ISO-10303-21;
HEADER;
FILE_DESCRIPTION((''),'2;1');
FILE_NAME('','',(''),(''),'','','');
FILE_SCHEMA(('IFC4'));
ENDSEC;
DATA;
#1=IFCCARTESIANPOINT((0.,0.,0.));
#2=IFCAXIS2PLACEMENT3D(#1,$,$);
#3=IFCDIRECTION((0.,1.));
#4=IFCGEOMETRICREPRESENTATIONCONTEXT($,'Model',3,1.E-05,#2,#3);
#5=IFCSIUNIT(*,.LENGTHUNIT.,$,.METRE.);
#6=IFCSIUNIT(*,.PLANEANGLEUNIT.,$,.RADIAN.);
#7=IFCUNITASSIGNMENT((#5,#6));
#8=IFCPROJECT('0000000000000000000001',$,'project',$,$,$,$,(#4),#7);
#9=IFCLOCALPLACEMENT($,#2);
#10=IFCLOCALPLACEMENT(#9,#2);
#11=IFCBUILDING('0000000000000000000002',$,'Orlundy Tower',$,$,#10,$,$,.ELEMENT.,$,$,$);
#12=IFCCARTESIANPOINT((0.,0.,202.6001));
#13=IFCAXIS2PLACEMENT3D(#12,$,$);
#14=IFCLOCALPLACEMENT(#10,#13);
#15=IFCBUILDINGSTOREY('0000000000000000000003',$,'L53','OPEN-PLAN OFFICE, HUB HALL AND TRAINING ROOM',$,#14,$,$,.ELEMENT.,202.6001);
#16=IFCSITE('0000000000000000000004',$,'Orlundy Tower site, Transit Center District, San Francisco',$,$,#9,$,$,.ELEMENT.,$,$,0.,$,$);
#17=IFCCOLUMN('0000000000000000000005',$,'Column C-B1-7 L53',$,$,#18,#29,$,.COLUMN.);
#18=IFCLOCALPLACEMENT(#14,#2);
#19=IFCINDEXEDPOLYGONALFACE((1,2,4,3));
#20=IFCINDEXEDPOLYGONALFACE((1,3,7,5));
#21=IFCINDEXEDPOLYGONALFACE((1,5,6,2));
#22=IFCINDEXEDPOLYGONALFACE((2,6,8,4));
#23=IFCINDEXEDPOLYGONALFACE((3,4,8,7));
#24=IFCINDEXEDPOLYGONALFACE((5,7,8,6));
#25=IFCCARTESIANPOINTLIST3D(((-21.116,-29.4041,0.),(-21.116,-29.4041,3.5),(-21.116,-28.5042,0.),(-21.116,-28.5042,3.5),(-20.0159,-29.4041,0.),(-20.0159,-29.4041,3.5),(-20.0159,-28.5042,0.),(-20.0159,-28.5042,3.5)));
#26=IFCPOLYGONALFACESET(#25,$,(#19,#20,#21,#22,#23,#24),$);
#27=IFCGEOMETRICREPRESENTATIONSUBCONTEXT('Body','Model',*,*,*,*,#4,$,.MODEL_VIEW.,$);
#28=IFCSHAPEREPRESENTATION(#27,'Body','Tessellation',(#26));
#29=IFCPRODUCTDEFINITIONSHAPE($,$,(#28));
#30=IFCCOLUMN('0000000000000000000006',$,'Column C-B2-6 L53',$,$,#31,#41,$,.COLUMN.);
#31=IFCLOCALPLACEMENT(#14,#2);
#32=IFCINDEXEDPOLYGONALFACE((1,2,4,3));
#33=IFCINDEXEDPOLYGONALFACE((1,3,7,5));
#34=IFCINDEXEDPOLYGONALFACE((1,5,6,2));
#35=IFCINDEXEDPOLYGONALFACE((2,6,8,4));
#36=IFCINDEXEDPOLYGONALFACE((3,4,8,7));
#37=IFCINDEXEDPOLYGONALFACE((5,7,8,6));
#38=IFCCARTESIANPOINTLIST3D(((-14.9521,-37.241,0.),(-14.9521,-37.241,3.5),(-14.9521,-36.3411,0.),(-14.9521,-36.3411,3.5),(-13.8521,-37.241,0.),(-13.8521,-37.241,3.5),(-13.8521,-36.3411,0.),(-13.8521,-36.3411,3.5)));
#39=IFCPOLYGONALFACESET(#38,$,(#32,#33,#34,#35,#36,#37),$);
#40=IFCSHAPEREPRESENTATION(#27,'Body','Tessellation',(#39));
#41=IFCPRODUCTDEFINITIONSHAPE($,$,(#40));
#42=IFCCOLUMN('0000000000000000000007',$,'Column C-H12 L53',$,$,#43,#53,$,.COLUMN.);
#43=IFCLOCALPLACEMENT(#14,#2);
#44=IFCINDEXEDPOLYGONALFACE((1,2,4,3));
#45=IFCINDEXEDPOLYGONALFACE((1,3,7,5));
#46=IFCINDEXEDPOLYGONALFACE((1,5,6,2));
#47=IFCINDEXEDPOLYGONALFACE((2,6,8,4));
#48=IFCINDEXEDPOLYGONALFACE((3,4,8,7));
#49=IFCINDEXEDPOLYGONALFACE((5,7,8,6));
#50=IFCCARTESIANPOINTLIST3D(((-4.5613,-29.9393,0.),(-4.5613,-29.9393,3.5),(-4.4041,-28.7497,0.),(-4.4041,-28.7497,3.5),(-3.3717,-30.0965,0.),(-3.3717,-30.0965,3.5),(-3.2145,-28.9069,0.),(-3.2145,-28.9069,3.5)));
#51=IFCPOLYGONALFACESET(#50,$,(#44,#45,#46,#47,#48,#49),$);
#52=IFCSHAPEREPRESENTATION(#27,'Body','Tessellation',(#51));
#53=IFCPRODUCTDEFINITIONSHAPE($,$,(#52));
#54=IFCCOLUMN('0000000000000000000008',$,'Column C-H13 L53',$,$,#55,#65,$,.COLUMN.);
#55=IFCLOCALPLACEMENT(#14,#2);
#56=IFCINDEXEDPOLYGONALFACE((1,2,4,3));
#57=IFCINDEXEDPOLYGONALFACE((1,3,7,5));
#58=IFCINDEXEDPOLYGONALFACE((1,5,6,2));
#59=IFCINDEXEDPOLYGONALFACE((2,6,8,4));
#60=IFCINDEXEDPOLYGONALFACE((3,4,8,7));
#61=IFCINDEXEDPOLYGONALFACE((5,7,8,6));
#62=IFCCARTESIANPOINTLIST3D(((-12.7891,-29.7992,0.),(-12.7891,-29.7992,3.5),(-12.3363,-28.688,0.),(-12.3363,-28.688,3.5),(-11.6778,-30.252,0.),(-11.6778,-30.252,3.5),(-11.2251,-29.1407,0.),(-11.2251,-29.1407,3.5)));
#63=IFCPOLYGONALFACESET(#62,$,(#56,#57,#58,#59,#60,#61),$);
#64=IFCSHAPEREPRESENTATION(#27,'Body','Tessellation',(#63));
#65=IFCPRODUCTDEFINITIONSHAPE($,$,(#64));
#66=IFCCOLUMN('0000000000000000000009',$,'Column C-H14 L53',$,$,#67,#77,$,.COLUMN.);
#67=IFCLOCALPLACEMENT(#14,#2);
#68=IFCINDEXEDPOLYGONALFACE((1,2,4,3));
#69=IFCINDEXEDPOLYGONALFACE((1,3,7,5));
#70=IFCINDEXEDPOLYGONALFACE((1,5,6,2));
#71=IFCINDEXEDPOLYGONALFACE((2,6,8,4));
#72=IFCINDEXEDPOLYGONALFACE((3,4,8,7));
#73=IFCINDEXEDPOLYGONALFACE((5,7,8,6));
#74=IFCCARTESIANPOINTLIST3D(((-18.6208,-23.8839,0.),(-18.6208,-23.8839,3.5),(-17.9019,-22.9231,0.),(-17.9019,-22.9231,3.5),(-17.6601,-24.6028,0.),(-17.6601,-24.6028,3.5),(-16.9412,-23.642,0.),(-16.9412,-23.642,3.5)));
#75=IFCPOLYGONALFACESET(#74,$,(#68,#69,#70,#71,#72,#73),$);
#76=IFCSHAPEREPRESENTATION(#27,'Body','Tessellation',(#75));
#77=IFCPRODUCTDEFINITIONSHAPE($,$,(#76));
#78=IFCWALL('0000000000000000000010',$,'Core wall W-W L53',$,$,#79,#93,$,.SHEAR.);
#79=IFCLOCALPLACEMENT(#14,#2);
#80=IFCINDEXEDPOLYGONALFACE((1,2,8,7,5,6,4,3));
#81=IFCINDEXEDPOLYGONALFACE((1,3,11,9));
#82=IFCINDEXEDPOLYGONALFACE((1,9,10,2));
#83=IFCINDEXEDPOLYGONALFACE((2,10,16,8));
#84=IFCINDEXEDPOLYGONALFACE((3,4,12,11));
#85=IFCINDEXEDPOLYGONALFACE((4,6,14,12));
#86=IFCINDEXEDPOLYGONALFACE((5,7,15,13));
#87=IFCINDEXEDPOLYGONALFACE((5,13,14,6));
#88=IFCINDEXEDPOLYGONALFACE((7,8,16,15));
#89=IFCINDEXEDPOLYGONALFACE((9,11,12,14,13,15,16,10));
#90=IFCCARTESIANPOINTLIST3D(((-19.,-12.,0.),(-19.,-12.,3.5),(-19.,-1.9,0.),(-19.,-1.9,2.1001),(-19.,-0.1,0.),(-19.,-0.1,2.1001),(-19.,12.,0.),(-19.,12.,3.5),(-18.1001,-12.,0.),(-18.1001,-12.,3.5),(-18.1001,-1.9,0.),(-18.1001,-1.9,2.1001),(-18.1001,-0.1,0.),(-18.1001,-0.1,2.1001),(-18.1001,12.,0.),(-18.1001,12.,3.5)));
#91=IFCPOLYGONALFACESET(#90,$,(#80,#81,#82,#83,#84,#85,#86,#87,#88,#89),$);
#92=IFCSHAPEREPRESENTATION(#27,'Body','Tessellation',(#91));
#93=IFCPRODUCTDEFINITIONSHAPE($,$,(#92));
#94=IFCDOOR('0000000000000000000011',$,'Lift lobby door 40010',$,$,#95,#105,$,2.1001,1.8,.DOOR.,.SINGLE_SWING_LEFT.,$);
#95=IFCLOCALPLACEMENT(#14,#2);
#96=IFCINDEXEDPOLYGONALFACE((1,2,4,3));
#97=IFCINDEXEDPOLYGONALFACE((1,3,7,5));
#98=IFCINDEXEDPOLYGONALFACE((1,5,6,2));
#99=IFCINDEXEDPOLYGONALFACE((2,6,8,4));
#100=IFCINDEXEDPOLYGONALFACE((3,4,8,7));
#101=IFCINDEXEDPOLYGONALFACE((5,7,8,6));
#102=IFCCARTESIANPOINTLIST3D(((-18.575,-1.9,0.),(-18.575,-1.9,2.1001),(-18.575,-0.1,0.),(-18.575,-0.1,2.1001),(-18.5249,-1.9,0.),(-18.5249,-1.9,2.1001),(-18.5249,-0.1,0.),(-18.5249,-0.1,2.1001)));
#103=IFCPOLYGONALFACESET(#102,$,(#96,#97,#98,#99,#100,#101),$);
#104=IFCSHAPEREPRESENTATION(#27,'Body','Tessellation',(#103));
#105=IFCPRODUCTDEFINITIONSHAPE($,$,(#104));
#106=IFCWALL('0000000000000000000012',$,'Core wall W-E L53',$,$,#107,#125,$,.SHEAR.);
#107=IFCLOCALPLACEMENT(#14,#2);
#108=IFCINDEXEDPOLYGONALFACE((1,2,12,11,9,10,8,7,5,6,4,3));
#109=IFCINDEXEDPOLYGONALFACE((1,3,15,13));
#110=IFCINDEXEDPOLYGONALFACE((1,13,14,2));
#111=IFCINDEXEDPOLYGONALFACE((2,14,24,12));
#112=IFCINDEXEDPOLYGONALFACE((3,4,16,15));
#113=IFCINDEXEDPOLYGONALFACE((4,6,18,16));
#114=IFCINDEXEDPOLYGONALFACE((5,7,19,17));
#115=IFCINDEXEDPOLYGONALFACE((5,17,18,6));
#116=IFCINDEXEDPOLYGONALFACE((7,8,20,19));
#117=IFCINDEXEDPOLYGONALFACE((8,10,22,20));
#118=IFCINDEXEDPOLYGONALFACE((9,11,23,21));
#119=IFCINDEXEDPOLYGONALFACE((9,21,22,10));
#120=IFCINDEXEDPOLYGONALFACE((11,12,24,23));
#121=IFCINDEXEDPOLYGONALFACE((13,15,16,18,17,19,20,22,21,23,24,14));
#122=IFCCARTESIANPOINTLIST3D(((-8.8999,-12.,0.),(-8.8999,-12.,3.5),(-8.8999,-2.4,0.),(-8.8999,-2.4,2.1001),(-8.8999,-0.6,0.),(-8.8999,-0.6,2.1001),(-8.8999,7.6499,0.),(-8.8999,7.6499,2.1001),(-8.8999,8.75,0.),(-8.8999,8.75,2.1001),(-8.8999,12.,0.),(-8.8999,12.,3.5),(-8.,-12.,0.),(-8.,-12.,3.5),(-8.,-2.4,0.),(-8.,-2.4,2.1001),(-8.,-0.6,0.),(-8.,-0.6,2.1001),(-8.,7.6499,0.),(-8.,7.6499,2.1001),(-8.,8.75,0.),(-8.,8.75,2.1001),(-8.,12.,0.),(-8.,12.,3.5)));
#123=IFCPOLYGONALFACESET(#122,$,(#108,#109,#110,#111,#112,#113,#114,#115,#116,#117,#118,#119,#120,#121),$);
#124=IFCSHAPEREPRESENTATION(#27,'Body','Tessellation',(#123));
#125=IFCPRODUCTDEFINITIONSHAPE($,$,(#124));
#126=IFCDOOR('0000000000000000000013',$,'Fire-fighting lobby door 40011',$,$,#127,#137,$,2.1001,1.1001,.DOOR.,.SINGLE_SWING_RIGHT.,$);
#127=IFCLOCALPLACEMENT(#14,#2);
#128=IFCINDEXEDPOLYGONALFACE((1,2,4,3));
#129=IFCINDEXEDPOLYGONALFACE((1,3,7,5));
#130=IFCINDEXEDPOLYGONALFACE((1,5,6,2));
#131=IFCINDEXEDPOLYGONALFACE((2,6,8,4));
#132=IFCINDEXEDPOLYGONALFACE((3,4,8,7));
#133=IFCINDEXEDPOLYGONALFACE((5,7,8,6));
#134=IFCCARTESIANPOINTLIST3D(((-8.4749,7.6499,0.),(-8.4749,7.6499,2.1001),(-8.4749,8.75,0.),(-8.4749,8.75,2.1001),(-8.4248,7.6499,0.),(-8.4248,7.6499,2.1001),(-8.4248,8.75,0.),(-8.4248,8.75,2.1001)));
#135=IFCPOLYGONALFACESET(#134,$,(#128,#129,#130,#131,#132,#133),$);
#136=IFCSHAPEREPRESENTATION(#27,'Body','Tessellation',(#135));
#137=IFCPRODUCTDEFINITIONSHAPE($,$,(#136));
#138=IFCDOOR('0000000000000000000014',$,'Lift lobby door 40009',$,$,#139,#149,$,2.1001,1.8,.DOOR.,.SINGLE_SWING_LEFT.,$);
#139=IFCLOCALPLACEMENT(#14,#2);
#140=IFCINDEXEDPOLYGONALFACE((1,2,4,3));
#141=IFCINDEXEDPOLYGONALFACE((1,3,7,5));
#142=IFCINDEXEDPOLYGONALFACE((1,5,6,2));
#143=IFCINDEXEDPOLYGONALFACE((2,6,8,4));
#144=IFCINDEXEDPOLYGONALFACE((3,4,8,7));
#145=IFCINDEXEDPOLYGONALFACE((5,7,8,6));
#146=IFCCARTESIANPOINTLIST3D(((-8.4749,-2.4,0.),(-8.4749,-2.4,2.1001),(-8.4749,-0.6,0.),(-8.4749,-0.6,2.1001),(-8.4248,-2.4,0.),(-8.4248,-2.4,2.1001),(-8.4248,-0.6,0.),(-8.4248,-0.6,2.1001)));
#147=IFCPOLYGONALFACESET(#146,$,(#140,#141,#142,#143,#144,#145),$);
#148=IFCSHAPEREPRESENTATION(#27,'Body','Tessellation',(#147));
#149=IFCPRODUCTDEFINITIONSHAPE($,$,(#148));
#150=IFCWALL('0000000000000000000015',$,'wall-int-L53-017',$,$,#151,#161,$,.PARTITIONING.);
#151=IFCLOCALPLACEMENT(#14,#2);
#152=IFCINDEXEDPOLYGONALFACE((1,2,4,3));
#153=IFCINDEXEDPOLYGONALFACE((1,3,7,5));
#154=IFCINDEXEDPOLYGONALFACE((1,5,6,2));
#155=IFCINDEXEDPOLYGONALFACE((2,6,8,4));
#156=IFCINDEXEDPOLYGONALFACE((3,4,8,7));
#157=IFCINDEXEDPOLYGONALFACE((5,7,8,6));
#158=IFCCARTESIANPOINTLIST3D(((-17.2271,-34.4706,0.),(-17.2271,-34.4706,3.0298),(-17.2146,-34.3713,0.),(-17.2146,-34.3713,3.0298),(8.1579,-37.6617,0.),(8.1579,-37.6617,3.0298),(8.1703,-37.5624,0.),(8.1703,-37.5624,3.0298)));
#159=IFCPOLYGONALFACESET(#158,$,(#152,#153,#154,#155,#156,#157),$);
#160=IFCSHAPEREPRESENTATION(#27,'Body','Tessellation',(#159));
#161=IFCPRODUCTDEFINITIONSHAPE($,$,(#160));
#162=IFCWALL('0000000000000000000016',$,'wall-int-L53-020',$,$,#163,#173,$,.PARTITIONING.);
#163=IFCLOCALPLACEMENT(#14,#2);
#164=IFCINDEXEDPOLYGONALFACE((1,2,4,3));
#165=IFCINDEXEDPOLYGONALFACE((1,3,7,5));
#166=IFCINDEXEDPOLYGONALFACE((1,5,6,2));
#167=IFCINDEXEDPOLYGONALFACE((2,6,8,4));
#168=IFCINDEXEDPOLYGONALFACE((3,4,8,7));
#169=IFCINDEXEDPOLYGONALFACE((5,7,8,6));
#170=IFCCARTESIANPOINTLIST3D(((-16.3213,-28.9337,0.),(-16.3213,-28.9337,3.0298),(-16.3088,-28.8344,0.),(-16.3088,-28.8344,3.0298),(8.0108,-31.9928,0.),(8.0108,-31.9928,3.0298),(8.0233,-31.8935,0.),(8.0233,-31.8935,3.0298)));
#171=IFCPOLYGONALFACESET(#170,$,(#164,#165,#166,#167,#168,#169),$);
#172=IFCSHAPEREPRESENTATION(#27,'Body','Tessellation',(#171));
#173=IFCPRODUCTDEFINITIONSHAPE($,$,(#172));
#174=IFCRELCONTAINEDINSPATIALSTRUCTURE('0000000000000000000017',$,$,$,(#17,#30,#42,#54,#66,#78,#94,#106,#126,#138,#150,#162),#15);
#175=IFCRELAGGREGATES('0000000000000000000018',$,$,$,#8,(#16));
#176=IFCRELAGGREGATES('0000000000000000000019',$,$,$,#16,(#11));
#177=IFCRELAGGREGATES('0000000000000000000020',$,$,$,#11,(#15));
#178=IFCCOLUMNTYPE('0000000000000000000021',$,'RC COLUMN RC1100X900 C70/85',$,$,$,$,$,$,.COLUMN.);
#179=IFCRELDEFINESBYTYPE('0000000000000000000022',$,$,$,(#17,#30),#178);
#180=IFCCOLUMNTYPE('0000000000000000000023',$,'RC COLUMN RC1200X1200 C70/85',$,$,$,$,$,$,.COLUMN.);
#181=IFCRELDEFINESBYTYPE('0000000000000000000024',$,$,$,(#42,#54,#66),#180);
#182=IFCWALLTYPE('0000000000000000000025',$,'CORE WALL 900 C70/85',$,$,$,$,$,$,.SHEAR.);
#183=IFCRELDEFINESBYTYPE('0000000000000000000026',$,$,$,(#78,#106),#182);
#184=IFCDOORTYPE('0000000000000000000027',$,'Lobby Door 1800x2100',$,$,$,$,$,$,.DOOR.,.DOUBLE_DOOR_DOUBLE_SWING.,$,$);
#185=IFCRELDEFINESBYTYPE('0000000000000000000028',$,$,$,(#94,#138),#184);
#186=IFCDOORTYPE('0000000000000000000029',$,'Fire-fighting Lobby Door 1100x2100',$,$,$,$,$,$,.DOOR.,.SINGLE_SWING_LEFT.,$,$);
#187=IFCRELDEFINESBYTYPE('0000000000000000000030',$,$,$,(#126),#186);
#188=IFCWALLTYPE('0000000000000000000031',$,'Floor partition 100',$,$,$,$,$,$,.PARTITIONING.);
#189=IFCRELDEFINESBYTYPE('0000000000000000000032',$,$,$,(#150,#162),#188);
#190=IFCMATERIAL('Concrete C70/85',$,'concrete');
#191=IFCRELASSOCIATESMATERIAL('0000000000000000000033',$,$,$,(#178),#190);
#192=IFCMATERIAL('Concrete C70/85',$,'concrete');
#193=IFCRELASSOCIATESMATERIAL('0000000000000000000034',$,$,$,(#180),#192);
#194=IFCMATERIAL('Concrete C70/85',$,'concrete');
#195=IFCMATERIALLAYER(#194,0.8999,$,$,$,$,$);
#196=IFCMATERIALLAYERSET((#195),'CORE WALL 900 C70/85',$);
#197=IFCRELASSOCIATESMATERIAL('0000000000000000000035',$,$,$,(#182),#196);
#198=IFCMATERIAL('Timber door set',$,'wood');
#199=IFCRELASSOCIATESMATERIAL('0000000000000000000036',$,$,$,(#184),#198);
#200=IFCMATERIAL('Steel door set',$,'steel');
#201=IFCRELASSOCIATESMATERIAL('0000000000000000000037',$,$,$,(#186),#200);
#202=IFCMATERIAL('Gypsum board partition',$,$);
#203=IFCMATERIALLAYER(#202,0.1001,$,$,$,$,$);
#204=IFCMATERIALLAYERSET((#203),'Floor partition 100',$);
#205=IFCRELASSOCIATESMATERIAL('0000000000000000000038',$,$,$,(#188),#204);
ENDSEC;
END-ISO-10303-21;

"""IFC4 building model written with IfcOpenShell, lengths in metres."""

from ifc_helpers import new_model, si_unit, direction, frame, frame_2d, origin, origin_2d, place, context, subcontext, project, spatial, rectangle, extrude, material, layer, layer_set, material_profile, profile_set, type_object, element, fill, save


model = new_model("IFC4")

# Units and contexts
model_context = context("Model", 3, precision=1e-05, world=origin(), true_north=direction((0.0, 1.0)))
body_context = subcontext(model_context, "Body", "Model", "MODEL_VIEW")
ifc_project = project(units=[si_unit("LENGTHUNIT", "METRE"), si_unit("PLANEANGLEUNIT", "RADIAN")], contexts=[model_context])

# Site, building, storey
site_placement = place(None, origin())
site = spatial("IfcSite", under=ifc_project, at=site_placement, Name="Orlundy Tower site, Transit Center District, San Francisco", CompositionType="ELEMENT", RefElevation=0.0)
building_placement = place(site_placement, origin())
building = spatial("IfcBuilding", under=site, at=building_placement, Name="Orlundy Tower", CompositionType="ELEMENT")
storey_placement = place(building_placement, frame((0.0, 0.0, 202.6001)))
storey = spatial("IfcBuildingStorey", under=building, at=storey_placement, Name="L53", Description="OPEN-PLAN OFFICE, HUB HALL AND TRAINING ROOM", CompositionType="ELEMENT", Elevation=202.6001)

# Columns
ifc_material_1 = material(Name="Concrete C70/85", Category="concrete")
ifc_material_profile_1 = material_profile(ifc_material_1, rectangle(XDim=1.1001, YDim=0.8999, at=origin_2d()), Name="RC1100X900")
ifc_profile_set_1 = profile_set([ifc_material_profile_1], Name="Concrete C70/85")
column_type_1 = type_object("IfcColumnType", Name="RC COLUMN RC1100X900 C70/85", PredefinedType="COLUMN", material=ifc_profile_set_1)
for number, where, z_axis, x_axis, name in (
    (1, (-20.5659, -28.9541, 0.0), (0.0, 0.0, 1.0), (1.0, 0.0, 0.0), "Column C-B1-7 L53"),
    (2, (-14.4021, -36.791, 0.0), (0.0, 0.0, 1.0), (1.0, 0.0, 0.0), "Column C-B2-6 L53"),
):
    element("IfcColumn", number, at=place(storey_placement, frame(where, z_axis=z_axis, x_axis=x_axis)), inside=storey, type_object=column_type_1, Name=name, PredefinedType="COLUMN", context=body_context, shape_type="SweptSolid", body=[
        extrude(rectangle(XDim=1.1001, YDim=0.8999, at=origin_2d()), origin(), (0.0, 0.0, 1.0), 3.5),
    ])
ifc_material_2 = material(Name="Concrete C70/85", Category="concrete")
ifc_material_profile_2 = material_profile(ifc_material_2, rectangle(XDim=1.2, YDim=1.2, at=origin_2d()), Name="RC1200X1200")
ifc_profile_set_2 = profile_set([ifc_material_profile_2], Name="Concrete C70/85")
column_type_2 = type_object("IfcColumnType", Name="RC COLUMN RC1200X1200 C70/85", PredefinedType="COLUMN", material=ifc_profile_set_2)
for number, where, z_axis, x_axis, name in (
    (3, (-3.8879, -29.4231, 0.0), (0.0, 0.0, 1.0), (-0.131011, -0.991381, 0.0), "Column C-H12 L53"),
    (4, (-12.0071, -29.47, 0.0), (0.0, 0.0, 1.0), (-0.377324, -0.926081, 0.0), "Column C-H13 L53"),
    (5, (-17.781, -23.7629, 0.0), (0.0, 0.0, 1.0), (-0.599107, -0.800669, 0.0), "Column C-H14 L53"),
):
    element("IfcColumn", number, at=place(storey_placement, frame(where, z_axis=z_axis, x_axis=x_axis)), inside=storey, type_object=column_type_2, Name=name, PredefinedType="COLUMN", context=body_context, shape_type="SweptSolid", body=[
        extrude(rectangle(XDim=1.2, YDim=1.2, at=origin_2d()), origin(), (0.0, 0.0, 1.0), 3.5),
    ])

# Wall, opening, door
ifc_material_3 = material(Name="Concrete C70/85", Category="concrete")
ifc_layer_1 = layer(ifc_material_3, 0.8999)
ifc_layer_set_1 = layer_set([ifc_layer_1], Name="CORE WALL 900 C70/85")
wall_type_1 = type_object("IfcWallType", Name="CORE WALL 900 C70/85", PredefinedType="SHEAR", material=ifc_layer_set_1)
wall_1_placement = place(storey_placement, frame((-18.55, -12.0, 0.0), z_axis=(0.0, 0.0, 1.0), x_axis=(0.0, 1.0, 0.0)))
wall_1 = element("IfcWall", 6, at=wall_1_placement, inside=storey, type_object=wall_type_1, Name="Core wall W-W L53", PredefinedType="SHEAR", context=body_context, shape_type="SweptSolid", body=[
    extrude(rectangle(XDim=24.0, YDim=0.8999, at=frame_2d((12.0, 0.0))), origin(), (0.0, 0.0, 1.0), 3.5),
])
opening_1_placement = place(wall_1_placement, frame((10.1001, 0.0, 0.0)))
opening_1 = element("IfcOpeningElement", 7, at=opening_1_placement, cuts=wall_1, PredefinedType="OPENING", context=body_context, shape_type="SweptSolid", body=[
    extrude(rectangle(XDim=1.8, YDim=2.1001, at=frame_2d((0.8999, 1.05))), frame((0.0, 0.46, 0.0), z_axis=(0.0, -1.0, 0.0), x_axis=(1.0, 0.0, 0.0)), (0.0, 0.0, 1.0), 0.9199),
])
ifc_material_4 = material(Name="Timber door set", Category="wood")
door_type_1 = type_object("IfcDoorType", Name="Lobby Door 1800x2100", OperationType="DOUBLE_DOOR_DOUBLE_SWING", PredefinedType="DOOR", material=ifc_material_4)
door_1_placement = place(opening_1_placement, origin())
door_1 = element("IfcDoor", 8, at=door_1_placement, inside=storey, type_object=door_type_1, Name="Lift lobby door 40010", OperationType="SINGLE_SWING_LEFT", OverallHeight=2.1001, OverallWidth=1.8, PredefinedType="DOOR", context=body_context, shape_type="SweptSolid", body=[
    extrude(rectangle(XDim=1.8, YDim=2.1001, at=frame_2d((0.8999, 1.05))), frame((0.0, 0.0249, 0.0), z_axis=(0.0, -1.0, 0.0), x_axis=(1.0, 0.0, 0.0)), (0.0, 0.0, 1.0), 0.05),
])
fill(opening_1, door_1)

# Wall, openings, doors
wall_2_placement = place(storey_placement, frame((-8.45, -12.0, 0.0), z_axis=(0.0, 0.0, 1.0), x_axis=(0.0, 1.0, 0.0)))
wall_2 = element("IfcWall", 9, at=wall_2_placement, inside=storey, type_object=wall_type_1, Name="Core wall W-E L53", PredefinedType="SHEAR", context=body_context, shape_type="SweptSolid", body=[
    extrude(rectangle(XDim=24.0, YDim=0.8999, at=frame_2d((12.0, 0.0))), origin(), (0.0, 0.0, 1.0), 3.5),
])
opening_2_placement = place(wall_2_placement, frame((9.6001, 0.0, 0.0)))
opening_2 = element("IfcOpeningElement", 10, at=opening_2_placement, cuts=wall_2, PredefinedType="OPENING", context=body_context, shape_type="SweptSolid", body=[
    extrude(rectangle(XDim=1.8, YDim=2.1001, at=frame_2d((0.8999, 1.05))), frame((0.0, 0.46, 0.0), z_axis=(0.0, -1.0, 0.0), x_axis=(1.0, 0.0, 0.0)), (0.0, 0.0, 1.0), 0.9199),
])
opening_3_placement = place(wall_2_placement, frame((19.6499, 0.0, 0.0)))
opening_3 = element("IfcOpeningElement", 11, at=opening_3_placement, cuts=wall_2, PredefinedType="OPENING", context=body_context, shape_type="SweptSolid", body=[
    extrude(rectangle(XDim=1.1001, YDim=2.1001, at=frame_2d((0.55, 1.05))), frame((0.0, 0.46, 0.0), z_axis=(0.0, -1.0, 0.0), x_axis=(1.0, 0.0, 0.0)), (0.0, 0.0, 1.0), 0.9199),
])
ifc_material_5 = material(Name="Steel door set", Category="steel")
door_type_2 = type_object("IfcDoorType", Name="Fire-fighting Lobby Door 1100x2100", OperationType="SINGLE_SWING_LEFT", PredefinedType="DOOR", material=ifc_material_5)
door_2_placement = place(opening_3_placement, origin())
door_2 = element("IfcDoor", 12, at=door_2_placement, inside=storey, type_object=door_type_2, Name="Fire-fighting lobby door 40011", OperationType="SINGLE_SWING_RIGHT", OverallHeight=2.1001, OverallWidth=1.1001, PredefinedType="DOOR", context=body_context, shape_type="SweptSolid", body=[
    extrude(rectangle(XDim=1.1001, YDim=2.1001, at=frame_2d((0.55, 1.05))), frame((0.0, 0.0249, 0.0), z_axis=(0.0, -1.0, 0.0), x_axis=(1.0, 0.0, 0.0)), (0.0, 0.0, 1.0), 0.05),
])
fill(opening_3, door_2)
door_3_placement = place(opening_2_placement, origin())
door_3 = element("IfcDoor", 13, at=door_3_placement, inside=storey, type_object=door_type_1, Name="Lift lobby door 40009", OperationType="SINGLE_SWING_LEFT", OverallHeight=2.1001, OverallWidth=1.8, PredefinedType="DOOR", context=body_context, shape_type="SweptSolid", body=[
    extrude(rectangle(XDim=1.8, YDim=2.1001, at=frame_2d((0.8999, 1.05))), frame((0.0, 0.0249, 0.0), z_axis=(0.0, -1.0, 0.0), x_axis=(1.0, 0.0, 0.0)), (0.0, 0.0, 1.0), 0.05),
])
fill(opening_2, door_3)

# Walls
ifc_material_6 = material(Name="Gypsum board partition")
ifc_layer_2 = layer(ifc_material_6, 0.1001)
ifc_layer_set_2 = layer_set([ifc_layer_2], Name="Floor partition 100")
wall_type_2 = type_object("IfcWallType", Name="Floor partition 100", PredefinedType="PARTITIONING", material=ifc_layer_set_2)
wall_3_placement = place(storey_placement, frame((-17.2209, -34.4209, 0.0), z_axis=(0.0, 0.0, 1.0), x_axis=(0.992191, -0.124729, 0.0)))
element("IfcWall", 14, at=wall_3_placement, inside=storey, type_object=wall_type_2, Name="wall-int-L53-017", PredefinedType="PARTITIONING", context=body_context, shape_type="SweptSolid", body=[
    extrude(rectangle(XDim=25.5847, YDim=0.1001, at=frame_2d((12.7925, 0.0))), origin(), (0.0, 0.0, 1.0), 3.0298),
])
wall_4_placement = place(storey_placement, frame((-16.3149, -28.884, 0.0), z_axis=(0.0, 0.0, 1.0), x_axis=(0.992189, -0.12474, 0.0)))
element("IfcWall", 15, at=wall_4_placement, inside=storey, type_object=wall_type_2, Name="wall-int-L53-020", PredefinedType="PARTITIONING", context=body_context, shape_type="SweptSolid", body=[
    extrude(rectangle(XDim=24.5237, YDim=0.1001, at=frame_2d((12.2617, 0.0))), origin(), (0.0, 0.0, 1.0), 3.0298),
])

save(model, "model.ifc")
